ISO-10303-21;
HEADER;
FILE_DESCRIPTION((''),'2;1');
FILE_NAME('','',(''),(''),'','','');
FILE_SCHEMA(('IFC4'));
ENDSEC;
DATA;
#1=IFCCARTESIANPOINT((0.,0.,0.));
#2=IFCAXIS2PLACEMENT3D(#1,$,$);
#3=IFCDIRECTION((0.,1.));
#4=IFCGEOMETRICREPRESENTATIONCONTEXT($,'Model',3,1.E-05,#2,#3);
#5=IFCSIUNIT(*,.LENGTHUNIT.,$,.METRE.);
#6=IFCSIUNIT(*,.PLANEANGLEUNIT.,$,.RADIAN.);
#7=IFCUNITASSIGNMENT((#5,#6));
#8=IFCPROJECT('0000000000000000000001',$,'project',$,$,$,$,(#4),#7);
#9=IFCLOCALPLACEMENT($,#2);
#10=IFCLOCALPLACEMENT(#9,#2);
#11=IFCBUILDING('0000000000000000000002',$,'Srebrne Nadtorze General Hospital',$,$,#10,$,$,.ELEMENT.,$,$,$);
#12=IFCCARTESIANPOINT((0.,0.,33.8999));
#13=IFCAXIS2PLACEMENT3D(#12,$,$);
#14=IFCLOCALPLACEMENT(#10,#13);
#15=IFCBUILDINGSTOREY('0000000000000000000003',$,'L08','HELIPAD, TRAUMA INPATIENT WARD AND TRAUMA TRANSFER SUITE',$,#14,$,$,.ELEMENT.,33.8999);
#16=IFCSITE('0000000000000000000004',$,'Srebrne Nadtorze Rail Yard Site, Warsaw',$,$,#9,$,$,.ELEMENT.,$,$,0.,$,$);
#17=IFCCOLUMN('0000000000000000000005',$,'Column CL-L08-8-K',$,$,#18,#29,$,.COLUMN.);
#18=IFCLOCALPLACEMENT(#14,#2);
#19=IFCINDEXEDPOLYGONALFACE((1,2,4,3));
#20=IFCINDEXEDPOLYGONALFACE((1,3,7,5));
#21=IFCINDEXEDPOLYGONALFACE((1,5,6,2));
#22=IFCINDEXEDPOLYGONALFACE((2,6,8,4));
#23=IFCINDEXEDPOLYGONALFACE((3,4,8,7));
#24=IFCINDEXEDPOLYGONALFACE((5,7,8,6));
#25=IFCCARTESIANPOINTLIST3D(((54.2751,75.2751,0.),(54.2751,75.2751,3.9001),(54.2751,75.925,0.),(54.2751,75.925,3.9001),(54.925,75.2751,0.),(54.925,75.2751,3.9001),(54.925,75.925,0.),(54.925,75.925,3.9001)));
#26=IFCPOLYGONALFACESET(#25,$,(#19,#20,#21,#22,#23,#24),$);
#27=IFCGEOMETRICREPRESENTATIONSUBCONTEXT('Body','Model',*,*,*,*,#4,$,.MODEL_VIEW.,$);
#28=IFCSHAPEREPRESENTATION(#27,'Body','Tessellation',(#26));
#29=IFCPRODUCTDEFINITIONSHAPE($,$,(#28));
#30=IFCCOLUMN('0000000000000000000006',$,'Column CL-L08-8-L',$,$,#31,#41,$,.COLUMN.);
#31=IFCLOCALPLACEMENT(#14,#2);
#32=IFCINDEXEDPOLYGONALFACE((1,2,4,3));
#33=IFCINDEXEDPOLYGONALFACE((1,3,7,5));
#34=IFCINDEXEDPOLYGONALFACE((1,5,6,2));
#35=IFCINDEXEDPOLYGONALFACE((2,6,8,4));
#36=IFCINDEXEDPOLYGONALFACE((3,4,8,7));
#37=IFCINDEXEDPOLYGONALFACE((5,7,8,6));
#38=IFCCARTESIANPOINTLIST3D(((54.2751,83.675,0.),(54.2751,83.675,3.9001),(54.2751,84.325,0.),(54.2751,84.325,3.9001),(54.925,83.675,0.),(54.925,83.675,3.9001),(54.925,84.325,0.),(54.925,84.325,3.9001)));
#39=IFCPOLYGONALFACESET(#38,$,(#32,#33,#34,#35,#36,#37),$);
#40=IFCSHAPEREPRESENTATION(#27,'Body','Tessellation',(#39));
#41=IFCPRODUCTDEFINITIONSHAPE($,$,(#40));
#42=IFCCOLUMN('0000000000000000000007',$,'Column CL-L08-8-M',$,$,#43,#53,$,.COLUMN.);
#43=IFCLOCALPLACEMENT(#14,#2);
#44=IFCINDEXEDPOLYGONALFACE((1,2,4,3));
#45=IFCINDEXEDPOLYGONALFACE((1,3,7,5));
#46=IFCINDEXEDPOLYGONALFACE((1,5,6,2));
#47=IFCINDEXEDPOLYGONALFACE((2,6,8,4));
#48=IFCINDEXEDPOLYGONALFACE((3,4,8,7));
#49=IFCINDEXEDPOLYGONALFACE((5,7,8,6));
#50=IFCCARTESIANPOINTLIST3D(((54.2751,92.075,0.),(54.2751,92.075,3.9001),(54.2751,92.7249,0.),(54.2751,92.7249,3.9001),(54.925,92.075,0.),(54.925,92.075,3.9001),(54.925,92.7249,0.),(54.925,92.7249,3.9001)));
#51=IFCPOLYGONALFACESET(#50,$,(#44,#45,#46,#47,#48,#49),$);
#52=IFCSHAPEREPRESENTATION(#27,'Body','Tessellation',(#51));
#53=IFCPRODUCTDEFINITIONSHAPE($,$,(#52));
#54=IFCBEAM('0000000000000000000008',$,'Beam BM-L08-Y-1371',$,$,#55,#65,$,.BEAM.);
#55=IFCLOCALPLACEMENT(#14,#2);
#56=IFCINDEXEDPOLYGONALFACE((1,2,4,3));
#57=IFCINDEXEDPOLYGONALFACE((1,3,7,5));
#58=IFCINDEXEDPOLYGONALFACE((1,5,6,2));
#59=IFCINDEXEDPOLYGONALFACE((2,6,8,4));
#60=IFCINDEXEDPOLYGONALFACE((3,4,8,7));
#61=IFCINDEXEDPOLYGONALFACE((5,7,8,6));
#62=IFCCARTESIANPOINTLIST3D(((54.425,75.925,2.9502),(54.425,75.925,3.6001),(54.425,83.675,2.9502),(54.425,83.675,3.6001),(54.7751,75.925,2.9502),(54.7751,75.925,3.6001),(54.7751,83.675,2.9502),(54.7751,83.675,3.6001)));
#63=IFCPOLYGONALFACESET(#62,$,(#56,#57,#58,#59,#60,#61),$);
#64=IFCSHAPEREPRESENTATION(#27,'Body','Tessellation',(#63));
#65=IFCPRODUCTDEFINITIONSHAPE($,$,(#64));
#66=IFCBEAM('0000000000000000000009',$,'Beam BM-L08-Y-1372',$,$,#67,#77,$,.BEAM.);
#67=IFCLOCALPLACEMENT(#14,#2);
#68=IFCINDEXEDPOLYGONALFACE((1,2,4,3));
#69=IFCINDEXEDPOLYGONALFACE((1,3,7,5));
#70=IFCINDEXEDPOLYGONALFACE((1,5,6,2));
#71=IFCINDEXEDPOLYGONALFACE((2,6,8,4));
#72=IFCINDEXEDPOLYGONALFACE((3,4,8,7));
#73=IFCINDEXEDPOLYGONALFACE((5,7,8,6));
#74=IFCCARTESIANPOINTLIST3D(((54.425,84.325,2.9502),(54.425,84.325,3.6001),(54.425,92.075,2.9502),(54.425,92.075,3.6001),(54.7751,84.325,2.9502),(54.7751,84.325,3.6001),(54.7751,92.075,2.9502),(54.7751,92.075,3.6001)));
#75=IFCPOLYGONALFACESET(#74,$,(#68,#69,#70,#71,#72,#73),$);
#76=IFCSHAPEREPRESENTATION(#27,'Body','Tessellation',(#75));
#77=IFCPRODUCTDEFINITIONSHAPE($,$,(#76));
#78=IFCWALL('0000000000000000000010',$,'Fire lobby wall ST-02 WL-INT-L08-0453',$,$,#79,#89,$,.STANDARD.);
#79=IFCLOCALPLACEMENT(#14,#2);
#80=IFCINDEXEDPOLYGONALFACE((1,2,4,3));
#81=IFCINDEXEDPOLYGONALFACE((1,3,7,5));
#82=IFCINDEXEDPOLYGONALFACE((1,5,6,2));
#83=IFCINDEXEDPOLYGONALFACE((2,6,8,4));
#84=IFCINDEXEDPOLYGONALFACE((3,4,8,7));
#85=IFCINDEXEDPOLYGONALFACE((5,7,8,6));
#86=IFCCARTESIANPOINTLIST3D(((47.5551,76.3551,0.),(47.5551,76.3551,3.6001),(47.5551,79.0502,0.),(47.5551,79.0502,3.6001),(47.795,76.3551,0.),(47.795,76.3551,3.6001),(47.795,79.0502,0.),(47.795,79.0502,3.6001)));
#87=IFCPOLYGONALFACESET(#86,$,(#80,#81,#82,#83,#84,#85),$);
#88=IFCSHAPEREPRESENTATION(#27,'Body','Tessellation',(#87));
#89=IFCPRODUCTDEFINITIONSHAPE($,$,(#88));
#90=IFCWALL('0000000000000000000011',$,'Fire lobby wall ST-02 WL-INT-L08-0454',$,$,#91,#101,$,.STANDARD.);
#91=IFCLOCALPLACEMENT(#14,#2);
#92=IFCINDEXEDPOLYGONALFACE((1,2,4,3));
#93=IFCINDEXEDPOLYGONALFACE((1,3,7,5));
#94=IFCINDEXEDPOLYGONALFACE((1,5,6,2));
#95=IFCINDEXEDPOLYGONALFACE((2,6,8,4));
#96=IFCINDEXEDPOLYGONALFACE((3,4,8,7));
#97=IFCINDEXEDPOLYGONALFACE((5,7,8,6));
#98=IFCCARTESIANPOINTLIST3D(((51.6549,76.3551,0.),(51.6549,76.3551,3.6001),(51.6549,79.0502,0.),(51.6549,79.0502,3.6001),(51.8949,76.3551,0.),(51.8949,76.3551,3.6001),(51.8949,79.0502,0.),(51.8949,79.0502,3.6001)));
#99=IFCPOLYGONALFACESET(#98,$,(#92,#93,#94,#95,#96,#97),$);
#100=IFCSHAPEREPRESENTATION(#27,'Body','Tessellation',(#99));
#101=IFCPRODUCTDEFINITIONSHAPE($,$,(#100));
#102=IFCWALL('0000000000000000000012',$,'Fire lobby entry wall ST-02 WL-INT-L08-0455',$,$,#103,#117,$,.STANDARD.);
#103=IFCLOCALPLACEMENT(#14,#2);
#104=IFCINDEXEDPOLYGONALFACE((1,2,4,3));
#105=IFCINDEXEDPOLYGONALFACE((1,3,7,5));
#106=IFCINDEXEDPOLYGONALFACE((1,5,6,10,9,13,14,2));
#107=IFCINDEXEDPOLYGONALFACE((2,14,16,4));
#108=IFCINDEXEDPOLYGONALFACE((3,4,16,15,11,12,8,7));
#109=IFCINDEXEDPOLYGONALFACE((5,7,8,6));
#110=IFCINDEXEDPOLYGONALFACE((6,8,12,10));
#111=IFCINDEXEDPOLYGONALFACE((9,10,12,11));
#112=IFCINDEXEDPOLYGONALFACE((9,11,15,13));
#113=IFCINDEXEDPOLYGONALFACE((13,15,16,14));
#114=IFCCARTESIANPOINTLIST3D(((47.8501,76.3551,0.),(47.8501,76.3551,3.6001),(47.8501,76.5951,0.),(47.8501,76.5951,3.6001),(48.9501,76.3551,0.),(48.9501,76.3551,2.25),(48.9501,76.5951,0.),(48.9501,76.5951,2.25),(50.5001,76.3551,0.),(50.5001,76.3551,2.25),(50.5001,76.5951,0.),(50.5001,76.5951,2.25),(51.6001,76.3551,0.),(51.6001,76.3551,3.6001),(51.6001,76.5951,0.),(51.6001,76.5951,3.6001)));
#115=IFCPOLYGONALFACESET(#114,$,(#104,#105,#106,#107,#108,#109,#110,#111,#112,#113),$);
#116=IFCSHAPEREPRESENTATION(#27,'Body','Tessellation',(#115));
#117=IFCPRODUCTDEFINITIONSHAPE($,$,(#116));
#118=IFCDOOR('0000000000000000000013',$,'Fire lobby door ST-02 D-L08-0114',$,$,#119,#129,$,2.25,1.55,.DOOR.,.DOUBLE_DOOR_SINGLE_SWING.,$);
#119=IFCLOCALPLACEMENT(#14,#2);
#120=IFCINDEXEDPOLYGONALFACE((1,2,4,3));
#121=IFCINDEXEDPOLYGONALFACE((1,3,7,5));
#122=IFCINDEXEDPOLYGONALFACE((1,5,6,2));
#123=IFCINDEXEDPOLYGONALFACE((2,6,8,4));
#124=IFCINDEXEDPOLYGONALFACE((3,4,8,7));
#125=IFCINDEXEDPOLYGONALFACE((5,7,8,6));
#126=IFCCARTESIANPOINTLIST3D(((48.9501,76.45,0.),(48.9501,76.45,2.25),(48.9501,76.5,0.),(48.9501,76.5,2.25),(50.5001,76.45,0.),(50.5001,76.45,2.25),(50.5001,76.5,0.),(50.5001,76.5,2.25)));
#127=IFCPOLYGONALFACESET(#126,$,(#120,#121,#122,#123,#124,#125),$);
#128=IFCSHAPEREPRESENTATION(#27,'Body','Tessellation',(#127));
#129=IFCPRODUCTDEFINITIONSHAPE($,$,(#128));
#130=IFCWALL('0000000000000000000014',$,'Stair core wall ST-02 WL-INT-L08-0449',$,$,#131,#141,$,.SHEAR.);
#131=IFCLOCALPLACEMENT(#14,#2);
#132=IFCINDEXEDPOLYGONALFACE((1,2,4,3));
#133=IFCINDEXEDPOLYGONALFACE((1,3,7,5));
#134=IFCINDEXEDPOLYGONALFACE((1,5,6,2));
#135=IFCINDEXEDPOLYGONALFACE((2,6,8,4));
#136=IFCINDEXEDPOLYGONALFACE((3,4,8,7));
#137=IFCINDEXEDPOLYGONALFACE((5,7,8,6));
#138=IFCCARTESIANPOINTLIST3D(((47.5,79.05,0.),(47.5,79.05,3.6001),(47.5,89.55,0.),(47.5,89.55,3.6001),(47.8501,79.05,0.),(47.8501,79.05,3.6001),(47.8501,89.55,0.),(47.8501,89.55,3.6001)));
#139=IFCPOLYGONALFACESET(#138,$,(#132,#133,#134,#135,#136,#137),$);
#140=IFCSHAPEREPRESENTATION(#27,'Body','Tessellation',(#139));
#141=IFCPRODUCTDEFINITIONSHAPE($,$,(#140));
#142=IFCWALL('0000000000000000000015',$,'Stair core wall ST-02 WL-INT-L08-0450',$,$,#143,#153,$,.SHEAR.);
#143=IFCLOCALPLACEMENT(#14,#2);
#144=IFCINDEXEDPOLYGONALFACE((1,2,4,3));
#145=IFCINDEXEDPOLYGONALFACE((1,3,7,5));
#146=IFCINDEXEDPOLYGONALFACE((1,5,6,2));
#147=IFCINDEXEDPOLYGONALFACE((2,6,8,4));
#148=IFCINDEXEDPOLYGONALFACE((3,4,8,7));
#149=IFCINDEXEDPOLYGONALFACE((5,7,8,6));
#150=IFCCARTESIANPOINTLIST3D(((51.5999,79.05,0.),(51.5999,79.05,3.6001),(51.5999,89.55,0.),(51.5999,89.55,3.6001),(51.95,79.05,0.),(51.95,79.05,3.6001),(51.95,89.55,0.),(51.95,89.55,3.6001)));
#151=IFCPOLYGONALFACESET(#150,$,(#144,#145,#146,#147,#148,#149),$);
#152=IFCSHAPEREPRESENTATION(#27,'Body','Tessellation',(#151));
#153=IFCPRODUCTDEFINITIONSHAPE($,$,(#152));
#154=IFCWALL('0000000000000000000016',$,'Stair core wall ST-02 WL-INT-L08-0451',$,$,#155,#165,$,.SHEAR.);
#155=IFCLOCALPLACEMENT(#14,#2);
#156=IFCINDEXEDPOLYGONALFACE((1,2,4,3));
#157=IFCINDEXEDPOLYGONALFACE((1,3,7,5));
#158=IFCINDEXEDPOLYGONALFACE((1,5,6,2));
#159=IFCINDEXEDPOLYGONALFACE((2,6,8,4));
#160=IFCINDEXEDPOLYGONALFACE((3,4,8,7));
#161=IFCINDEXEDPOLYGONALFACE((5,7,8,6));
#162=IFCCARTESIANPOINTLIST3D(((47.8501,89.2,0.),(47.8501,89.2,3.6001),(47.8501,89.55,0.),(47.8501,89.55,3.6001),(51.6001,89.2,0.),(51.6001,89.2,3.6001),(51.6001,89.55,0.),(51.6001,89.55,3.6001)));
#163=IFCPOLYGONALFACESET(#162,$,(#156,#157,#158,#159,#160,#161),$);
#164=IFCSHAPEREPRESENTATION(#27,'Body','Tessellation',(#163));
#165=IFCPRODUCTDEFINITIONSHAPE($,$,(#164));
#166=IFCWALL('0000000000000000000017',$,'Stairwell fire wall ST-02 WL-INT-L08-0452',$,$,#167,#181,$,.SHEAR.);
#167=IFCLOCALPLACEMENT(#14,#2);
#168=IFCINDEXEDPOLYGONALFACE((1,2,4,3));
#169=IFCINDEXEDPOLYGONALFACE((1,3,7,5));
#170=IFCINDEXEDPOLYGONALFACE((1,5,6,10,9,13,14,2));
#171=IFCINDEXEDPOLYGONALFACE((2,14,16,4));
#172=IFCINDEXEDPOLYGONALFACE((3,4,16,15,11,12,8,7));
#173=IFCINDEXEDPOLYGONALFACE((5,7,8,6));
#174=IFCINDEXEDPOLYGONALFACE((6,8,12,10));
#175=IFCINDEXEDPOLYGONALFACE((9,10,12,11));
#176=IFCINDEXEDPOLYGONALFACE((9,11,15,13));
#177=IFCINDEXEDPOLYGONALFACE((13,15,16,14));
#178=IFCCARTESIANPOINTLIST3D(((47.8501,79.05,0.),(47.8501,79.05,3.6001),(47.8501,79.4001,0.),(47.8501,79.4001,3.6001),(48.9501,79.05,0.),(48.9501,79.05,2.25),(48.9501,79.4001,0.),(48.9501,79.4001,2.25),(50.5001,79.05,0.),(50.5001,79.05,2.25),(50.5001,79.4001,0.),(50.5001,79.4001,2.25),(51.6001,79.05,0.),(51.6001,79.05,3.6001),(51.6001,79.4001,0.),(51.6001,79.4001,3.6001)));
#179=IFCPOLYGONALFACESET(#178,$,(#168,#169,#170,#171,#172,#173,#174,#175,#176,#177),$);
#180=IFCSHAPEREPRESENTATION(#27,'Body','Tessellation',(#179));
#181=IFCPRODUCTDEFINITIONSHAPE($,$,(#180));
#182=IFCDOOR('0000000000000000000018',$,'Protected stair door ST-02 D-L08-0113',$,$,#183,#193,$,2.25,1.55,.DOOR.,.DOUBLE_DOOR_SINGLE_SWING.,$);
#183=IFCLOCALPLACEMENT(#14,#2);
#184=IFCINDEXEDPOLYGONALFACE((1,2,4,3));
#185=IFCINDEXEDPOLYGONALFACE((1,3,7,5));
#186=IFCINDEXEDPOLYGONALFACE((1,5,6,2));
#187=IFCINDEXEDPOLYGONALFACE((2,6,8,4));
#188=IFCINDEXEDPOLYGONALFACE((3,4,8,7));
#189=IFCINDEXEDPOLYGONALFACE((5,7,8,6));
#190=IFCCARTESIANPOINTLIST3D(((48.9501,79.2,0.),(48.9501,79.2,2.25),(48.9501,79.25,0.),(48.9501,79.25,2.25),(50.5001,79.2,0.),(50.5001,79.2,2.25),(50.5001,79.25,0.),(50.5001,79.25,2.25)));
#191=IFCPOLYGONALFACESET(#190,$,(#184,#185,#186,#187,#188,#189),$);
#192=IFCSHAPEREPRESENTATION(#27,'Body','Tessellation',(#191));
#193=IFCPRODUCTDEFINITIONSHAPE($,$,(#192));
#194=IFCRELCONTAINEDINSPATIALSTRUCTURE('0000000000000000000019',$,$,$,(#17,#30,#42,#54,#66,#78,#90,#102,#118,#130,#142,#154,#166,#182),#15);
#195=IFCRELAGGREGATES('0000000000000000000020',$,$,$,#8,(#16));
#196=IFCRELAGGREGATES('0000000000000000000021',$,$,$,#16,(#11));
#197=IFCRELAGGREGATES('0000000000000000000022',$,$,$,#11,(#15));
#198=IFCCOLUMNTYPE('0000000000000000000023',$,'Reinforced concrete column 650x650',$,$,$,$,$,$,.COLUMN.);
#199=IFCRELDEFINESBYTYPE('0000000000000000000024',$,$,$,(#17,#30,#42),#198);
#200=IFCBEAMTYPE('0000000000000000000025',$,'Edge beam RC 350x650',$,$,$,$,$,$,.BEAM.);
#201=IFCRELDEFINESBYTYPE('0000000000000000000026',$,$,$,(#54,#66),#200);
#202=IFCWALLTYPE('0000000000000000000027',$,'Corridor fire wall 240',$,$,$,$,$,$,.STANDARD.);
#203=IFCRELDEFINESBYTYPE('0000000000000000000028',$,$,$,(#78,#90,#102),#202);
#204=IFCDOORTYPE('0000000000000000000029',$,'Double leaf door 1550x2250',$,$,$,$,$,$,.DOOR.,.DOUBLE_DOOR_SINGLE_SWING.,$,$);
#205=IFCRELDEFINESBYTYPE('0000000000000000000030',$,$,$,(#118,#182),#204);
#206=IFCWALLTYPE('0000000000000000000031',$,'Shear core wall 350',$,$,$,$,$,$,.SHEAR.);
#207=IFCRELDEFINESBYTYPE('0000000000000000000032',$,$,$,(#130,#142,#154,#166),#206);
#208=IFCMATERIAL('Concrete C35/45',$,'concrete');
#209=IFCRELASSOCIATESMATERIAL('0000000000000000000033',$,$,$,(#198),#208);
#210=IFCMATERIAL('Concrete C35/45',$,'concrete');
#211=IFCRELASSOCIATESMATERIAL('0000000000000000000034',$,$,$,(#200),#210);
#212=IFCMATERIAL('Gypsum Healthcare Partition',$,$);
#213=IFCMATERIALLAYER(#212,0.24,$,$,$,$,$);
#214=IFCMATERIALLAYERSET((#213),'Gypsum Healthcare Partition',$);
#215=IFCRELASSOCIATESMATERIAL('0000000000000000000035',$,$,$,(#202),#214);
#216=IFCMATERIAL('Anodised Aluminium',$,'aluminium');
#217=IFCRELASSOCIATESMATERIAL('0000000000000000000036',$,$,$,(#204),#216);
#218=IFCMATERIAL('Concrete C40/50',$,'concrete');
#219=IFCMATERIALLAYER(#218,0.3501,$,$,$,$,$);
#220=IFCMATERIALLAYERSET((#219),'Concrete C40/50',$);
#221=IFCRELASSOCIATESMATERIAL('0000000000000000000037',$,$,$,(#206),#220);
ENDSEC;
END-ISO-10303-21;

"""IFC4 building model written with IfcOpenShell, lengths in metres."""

from ifc_helpers import new_model, si_unit, direction, frame, frame_2d, origin, origin_2d, place, context, subcontext, project, spatial, rectangle, extrude, material, layer, layer_set, material_profile, profile_set, type_object, element, fill, save


model = new_model("IFC4")

# Units and contexts
model_context = context("Model", 3, precision=1e-05, world=origin(), true_north=direction((0.0, 1.0)))
body_context = subcontext(model_context, "Body", "Model", "MODEL_VIEW")
ifc_project = project(units=[si_unit("LENGTHUNIT", "METRE"), si_unit("PLANEANGLEUNIT", "RADIAN")], contexts=[model_context])

# Site, building, storey
site_placement = place(None, origin())
site = spatial("IfcSite", under=ifc_project, at=site_placement, Name="Srebrne Nadtorze Rail Yard Site, Warsaw", CompositionType="ELEMENT", RefElevation=0.0)
building_placement = place(site_placement, origin())
building = spatial("IfcBuilding", under=site, at=building_placement, Name="Srebrne Nadtorze General Hospital", CompositionType="ELEMENT")
storey_placement = place(building_placement, frame((0.0, 0.0, 33.8999)))
storey = spatial("IfcBuildingStorey", under=building, at=storey_placement, Name="L08", Description="HELIPAD, TRAUMA INPATIENT WARD AND TRAUMA TRANSFER SUITE", CompositionType="ELEMENT", Elevation=33.8999)

# Columns
ifc_material_1 = material(Name="Concrete C35/45", Category="concrete")
ifc_material_profile_1 = material_profile(ifc_material_1, rectangle(XDim=0.6499, YDim=0.6499, at=origin_2d()), Name="RC-COL-650x650")
ifc_profile_set_1 = profile_set([ifc_material_profile_1], Name="Concrete C35/45")
column_type = type_object("IfcColumnType", Name="Reinforced concrete column 650x650", PredefinedType="COLUMN", material=ifc_profile_set_1)
for number, where, z_axis, x_axis, name in (
    (1, (54.6001, 75.6001, 0.0), (0.0, 0.0, 1.0), (1.0, 0.0, 0.0), "Column CL-L08-8-K"),
    (2, (54.6001, 84.0, 0.0), (0.0, 0.0, 1.0), (1.0, 0.0, 0.0), "Column CL-L08-8-L"),
    (3, (54.6001, 92.3999, 0.0), (0.0, 0.0, 1.0), (1.0, 0.0, 0.0), "Column CL-L08-8-M"),
):
    element("IfcColumn", number, at=place(storey_placement, frame(where, z_axis=z_axis, x_axis=x_axis)), inside=storey, type_object=column_type, Name=name, PredefinedType="COLUMN", context=body_context, shape_type="SweptSolid", body=[
        extrude(rectangle(XDim=0.6499, YDim=0.6499, at=origin_2d()), origin(), (0.0, 0.0, 1.0), 3.9001),
    ])

# Beams
ifc_material_2 = material(Name="Concrete C35/45", Category="concrete")
ifc_material_profile_2 = material_profile(ifc_material_2, rectangle(XDim=0.3501, YDim=0.6499, at=origin_2d()), Name="RC-BM-350x650")
ifc_profile_set_2 = profile_set([ifc_material_profile_2], Name="Concrete C35/45")
beam_type = type_object("IfcBeamType", Name="Edge beam RC 350x650", PredefinedType="BEAM", material=ifc_profile_set_2)
for number, where, z_axis, x_axis, name in (
    (4, (54.6001, 75.925, 3.2751), (0.0, 1.0, 0.0), (-1.0, 0.0, 0.0), "Beam BM-L08-Y-1371"),
    (5, (54.6001, 84.325, 3.2751), (0.0, 1.0, 0.0), (-1.0, 0.0, 0.0), "Beam BM-L08-Y-1372"),
):
    element("IfcBeam", number, at=place(storey_placement, frame(where, z_axis=z_axis, x_axis=x_axis)), inside=storey, type_object=beam_type, Name=name, PredefinedType="BEAM", context=body_context, shape_type="SweptSolid", body=[
        extrude(rectangle(XDim=0.3501, YDim=0.6499, at=origin_2d()), origin(), (0.0, 0.0, 1.0), 7.75),
    ])

# Walls
ifc_material_3 = material(Name="Gypsum Healthcare Partition")
ifc_layer_1 = layer(ifc_material_3, 0.24)
ifc_layer_set_1 = layer_set([ifc_layer_1], Name="Gypsum Healthcare Partition")
wall_type_1 = type_object("IfcWallType", Name="Corridor fire wall 240", PredefinedType="STANDARD", material=ifc_layer_set_1)
for number, where, z_axis, x_axis, name in (
    (6, (47.675, 76.355, 0.0), (0.0, 0.0, 1.0), (0.0, 1.0, 0.0), "Fire lobby wall ST-02 WL-INT-L08-0453"),
    (7, (51.7749, 76.355, 0.0), (0.0, 0.0, 1.0), (0.0, 1.0, 0.0), "Fire lobby wall ST-02 WL-INT-L08-0454"),
):
    element("IfcWall", number, at=place(storey_placement, frame(where, z_axis=z_axis, x_axis=x_axis)), inside=storey, type_object=wall_type_1, Name=name, PredefinedType="STANDARD", context=body_context, shape_type="SweptSolid", body=[
        extrude(rectangle(XDim=2.6951, YDim=0.24, at=frame_2d((1.3477, 0.0))), origin(), (0.0, 0.0, 1.0), 3.6001),
    ])

# Wall, opening, door
wall_1_placement = place(storey_placement, frame((47.8501, 76.4751, 0.0), z_axis=(0.0, 0.0, 1.0), x_axis=(1.0, 0.0, 0.0)))
wall_1 = element("IfcWall", 8, at=wall_1_placement, inside=storey, type_object=wall_type_1, Name="Fire lobby entry wall ST-02 WL-INT-L08-0455", PredefinedType="STANDARD", context=body_context, shape_type="SweptSolid", body=[
    extrude(rectangle(XDim=3.75, YDim=0.24, at=frame_2d((1.875, 0.0))), origin(), (0.0, 0.0, 1.0), 3.6001),
])
opening_1_placement = place(wall_1_placement, frame((1.1001, 0.0, 0.0)))
opening_1 = element("IfcOpeningElement", 9, at=opening_1_placement, cuts=wall_1, PredefinedType="OPENING", context=body_context, shape_type="SweptSolid", body=[
    extrude(rectangle(XDim=1.55, YDim=2.25, at=frame_2d((0.7749, 1.125))), frame((0.0, 0.1318, 0.0), z_axis=(0.0, -1.0, 0.0), x_axis=(1.0, 0.0, 0.0)), (0.0, 0.0, 1.0), 0.2639),
])
ifc_material_4 = material(Name="Anodised Aluminium", Category="aluminium")
door_type = type_object("IfcDoorType", Name="Double leaf door 1550x2250", OperationType="DOUBLE_DOOR_SINGLE_SWING", PredefinedType="DOOR", material=ifc_material_4)
door_1_placement = place(opening_1_placement, origin())
door_1 = element("IfcDoor", 10, at=door_1_placement, inside=storey, type_object=door_type, Name="Fire lobby door ST-02 D-L08-0114", OperationType="DOUBLE_DOOR_SINGLE_SWING", OverallHeight=2.25, OverallWidth=1.55, PredefinedType="DOOR", context=body_context, shape_type="SweptSolid", body=[
    extrude(rectangle(XDim=1.55, YDim=2.25, at=frame_2d((0.7749, 1.125))), frame((0.0, 0.0249, 0.0), z_axis=(0.0, -1.0, 0.0), x_axis=(1.0, 0.0, 0.0)), (0.0, 0.0, 1.0), 0.05),
])
fill(opening_1, door_1)

# Walls
ifc_material_5 = material(Name="Concrete C40/50", Category="concrete")
ifc_layer_2 = layer(ifc_material_5, 0.3501)
ifc_layer_set_2 = layer_set([ifc_layer_2], Name="Concrete C40/50")
wall_type_2 = type_object("IfcWallType", Name="Shear core wall 350", PredefinedType="SHEAR", material=ifc_layer_set_2)
for number, where, z_axis, x_axis, name in (
    (11, (47.675, 79.05, 0.0), (0.0, 0.0, 1.0), (0.0, 1.0, 0.0), "Stair core wall ST-02 WL-INT-L08-0449"),
    (12, (51.7749, 79.05, 0.0), (0.0, 0.0, 1.0), (0.0, 1.0, 0.0), "Stair core wall ST-02 WL-INT-L08-0450"),
):
    element("IfcWall", number, at=place(storey_placement, frame(where, z_axis=z_axis, x_axis=x_axis)), inside=storey, type_object=wall_type_2, Name=name, PredefinedType="SHEAR", context=body_context, shape_type="SweptSolid", body=[
        extrude(rectangle(XDim=10.5, YDim=0.3501, at=frame_2d((5.25, 0.0))), origin(), (0.0, 0.0, 1.0), 3.6001),
    ])
wall_2_placement = place(storey_placement, frame((47.8501, 89.375, 0.0), z_axis=(0.0, 0.0, 1.0), x_axis=(1.0, 0.0, 0.0)))
element("IfcWall", 13, at=wall_2_placement, inside=storey, type_object=wall_type_2, Name="Stair core wall ST-02 WL-INT-L08-0451", PredefinedType="SHEAR", context=body_context, shape_type="SweptSolid", body=[
    extrude(rectangle(XDim=3.75, YDim=0.3501, at=frame_2d((1.875, 0.0))), origin(), (0.0, 0.0, 1.0), 3.6001),
])

# Wall, opening, door
wall_3_placement = place(storey_placement, frame((47.8501, 79.2251, 0.0), z_axis=(0.0, 0.0, 1.0), x_axis=(1.0, 0.0, 0.0)))
wall_3 = element("IfcWall", 14, at=wall_3_placement, inside=storey, type_object=wall_type_2, Name="Stairwell fire wall ST-02 WL-INT-L08-0452", PredefinedType="SHEAR", context=body_context, shape_type="SweptSolid", body=[
    extrude(rectangle(XDim=3.75, YDim=0.3501, at=frame_2d((1.875, 0.0))), origin(), (0.0, 0.0, 1.0), 3.6001),
])
opening_2_placement = place(wall_3_placement, frame((1.1001, 0.0, 0.0)))
opening_2 = element("IfcOpeningElement", 15, at=opening_2_placement, cuts=wall_3, PredefinedType="OPENING", context=body_context, shape_type="SweptSolid", body=[
    extrude(rectangle(XDim=1.55, YDim=2.25, at=frame_2d((0.7749, 1.125))), frame((0.0, 0.187, 0.0), z_axis=(0.0, -1.0, 0.0), x_axis=(1.0, 0.0, 0.0)), (0.0, 0.0, 1.0), 0.374),
])
door_2_placement = place(opening_2_placement, origin())
door_2 = element("IfcDoor", 16, at=door_2_placement, inside=storey, type_object=door_type, Name="Protected stair door ST-02 D-L08-0113", OperationType="DOUBLE_DOOR_SINGLE_SWING", OverallHeight=2.25, OverallWidth=1.55, PredefinedType="DOOR", context=body_context, shape_type="SweptSolid", body=[
    extrude(rectangle(XDim=1.55, YDim=2.25, at=frame_2d((0.7749, 1.125))), frame((0.0, 0.0249, 0.0), z_axis=(0.0, -1.0, 0.0), x_axis=(1.0, 0.0, 0.0)), (0.0, 0.0, 1.0), 0.05),
])
fill(opening_2, door_2)

save(model, "model.ifc")
